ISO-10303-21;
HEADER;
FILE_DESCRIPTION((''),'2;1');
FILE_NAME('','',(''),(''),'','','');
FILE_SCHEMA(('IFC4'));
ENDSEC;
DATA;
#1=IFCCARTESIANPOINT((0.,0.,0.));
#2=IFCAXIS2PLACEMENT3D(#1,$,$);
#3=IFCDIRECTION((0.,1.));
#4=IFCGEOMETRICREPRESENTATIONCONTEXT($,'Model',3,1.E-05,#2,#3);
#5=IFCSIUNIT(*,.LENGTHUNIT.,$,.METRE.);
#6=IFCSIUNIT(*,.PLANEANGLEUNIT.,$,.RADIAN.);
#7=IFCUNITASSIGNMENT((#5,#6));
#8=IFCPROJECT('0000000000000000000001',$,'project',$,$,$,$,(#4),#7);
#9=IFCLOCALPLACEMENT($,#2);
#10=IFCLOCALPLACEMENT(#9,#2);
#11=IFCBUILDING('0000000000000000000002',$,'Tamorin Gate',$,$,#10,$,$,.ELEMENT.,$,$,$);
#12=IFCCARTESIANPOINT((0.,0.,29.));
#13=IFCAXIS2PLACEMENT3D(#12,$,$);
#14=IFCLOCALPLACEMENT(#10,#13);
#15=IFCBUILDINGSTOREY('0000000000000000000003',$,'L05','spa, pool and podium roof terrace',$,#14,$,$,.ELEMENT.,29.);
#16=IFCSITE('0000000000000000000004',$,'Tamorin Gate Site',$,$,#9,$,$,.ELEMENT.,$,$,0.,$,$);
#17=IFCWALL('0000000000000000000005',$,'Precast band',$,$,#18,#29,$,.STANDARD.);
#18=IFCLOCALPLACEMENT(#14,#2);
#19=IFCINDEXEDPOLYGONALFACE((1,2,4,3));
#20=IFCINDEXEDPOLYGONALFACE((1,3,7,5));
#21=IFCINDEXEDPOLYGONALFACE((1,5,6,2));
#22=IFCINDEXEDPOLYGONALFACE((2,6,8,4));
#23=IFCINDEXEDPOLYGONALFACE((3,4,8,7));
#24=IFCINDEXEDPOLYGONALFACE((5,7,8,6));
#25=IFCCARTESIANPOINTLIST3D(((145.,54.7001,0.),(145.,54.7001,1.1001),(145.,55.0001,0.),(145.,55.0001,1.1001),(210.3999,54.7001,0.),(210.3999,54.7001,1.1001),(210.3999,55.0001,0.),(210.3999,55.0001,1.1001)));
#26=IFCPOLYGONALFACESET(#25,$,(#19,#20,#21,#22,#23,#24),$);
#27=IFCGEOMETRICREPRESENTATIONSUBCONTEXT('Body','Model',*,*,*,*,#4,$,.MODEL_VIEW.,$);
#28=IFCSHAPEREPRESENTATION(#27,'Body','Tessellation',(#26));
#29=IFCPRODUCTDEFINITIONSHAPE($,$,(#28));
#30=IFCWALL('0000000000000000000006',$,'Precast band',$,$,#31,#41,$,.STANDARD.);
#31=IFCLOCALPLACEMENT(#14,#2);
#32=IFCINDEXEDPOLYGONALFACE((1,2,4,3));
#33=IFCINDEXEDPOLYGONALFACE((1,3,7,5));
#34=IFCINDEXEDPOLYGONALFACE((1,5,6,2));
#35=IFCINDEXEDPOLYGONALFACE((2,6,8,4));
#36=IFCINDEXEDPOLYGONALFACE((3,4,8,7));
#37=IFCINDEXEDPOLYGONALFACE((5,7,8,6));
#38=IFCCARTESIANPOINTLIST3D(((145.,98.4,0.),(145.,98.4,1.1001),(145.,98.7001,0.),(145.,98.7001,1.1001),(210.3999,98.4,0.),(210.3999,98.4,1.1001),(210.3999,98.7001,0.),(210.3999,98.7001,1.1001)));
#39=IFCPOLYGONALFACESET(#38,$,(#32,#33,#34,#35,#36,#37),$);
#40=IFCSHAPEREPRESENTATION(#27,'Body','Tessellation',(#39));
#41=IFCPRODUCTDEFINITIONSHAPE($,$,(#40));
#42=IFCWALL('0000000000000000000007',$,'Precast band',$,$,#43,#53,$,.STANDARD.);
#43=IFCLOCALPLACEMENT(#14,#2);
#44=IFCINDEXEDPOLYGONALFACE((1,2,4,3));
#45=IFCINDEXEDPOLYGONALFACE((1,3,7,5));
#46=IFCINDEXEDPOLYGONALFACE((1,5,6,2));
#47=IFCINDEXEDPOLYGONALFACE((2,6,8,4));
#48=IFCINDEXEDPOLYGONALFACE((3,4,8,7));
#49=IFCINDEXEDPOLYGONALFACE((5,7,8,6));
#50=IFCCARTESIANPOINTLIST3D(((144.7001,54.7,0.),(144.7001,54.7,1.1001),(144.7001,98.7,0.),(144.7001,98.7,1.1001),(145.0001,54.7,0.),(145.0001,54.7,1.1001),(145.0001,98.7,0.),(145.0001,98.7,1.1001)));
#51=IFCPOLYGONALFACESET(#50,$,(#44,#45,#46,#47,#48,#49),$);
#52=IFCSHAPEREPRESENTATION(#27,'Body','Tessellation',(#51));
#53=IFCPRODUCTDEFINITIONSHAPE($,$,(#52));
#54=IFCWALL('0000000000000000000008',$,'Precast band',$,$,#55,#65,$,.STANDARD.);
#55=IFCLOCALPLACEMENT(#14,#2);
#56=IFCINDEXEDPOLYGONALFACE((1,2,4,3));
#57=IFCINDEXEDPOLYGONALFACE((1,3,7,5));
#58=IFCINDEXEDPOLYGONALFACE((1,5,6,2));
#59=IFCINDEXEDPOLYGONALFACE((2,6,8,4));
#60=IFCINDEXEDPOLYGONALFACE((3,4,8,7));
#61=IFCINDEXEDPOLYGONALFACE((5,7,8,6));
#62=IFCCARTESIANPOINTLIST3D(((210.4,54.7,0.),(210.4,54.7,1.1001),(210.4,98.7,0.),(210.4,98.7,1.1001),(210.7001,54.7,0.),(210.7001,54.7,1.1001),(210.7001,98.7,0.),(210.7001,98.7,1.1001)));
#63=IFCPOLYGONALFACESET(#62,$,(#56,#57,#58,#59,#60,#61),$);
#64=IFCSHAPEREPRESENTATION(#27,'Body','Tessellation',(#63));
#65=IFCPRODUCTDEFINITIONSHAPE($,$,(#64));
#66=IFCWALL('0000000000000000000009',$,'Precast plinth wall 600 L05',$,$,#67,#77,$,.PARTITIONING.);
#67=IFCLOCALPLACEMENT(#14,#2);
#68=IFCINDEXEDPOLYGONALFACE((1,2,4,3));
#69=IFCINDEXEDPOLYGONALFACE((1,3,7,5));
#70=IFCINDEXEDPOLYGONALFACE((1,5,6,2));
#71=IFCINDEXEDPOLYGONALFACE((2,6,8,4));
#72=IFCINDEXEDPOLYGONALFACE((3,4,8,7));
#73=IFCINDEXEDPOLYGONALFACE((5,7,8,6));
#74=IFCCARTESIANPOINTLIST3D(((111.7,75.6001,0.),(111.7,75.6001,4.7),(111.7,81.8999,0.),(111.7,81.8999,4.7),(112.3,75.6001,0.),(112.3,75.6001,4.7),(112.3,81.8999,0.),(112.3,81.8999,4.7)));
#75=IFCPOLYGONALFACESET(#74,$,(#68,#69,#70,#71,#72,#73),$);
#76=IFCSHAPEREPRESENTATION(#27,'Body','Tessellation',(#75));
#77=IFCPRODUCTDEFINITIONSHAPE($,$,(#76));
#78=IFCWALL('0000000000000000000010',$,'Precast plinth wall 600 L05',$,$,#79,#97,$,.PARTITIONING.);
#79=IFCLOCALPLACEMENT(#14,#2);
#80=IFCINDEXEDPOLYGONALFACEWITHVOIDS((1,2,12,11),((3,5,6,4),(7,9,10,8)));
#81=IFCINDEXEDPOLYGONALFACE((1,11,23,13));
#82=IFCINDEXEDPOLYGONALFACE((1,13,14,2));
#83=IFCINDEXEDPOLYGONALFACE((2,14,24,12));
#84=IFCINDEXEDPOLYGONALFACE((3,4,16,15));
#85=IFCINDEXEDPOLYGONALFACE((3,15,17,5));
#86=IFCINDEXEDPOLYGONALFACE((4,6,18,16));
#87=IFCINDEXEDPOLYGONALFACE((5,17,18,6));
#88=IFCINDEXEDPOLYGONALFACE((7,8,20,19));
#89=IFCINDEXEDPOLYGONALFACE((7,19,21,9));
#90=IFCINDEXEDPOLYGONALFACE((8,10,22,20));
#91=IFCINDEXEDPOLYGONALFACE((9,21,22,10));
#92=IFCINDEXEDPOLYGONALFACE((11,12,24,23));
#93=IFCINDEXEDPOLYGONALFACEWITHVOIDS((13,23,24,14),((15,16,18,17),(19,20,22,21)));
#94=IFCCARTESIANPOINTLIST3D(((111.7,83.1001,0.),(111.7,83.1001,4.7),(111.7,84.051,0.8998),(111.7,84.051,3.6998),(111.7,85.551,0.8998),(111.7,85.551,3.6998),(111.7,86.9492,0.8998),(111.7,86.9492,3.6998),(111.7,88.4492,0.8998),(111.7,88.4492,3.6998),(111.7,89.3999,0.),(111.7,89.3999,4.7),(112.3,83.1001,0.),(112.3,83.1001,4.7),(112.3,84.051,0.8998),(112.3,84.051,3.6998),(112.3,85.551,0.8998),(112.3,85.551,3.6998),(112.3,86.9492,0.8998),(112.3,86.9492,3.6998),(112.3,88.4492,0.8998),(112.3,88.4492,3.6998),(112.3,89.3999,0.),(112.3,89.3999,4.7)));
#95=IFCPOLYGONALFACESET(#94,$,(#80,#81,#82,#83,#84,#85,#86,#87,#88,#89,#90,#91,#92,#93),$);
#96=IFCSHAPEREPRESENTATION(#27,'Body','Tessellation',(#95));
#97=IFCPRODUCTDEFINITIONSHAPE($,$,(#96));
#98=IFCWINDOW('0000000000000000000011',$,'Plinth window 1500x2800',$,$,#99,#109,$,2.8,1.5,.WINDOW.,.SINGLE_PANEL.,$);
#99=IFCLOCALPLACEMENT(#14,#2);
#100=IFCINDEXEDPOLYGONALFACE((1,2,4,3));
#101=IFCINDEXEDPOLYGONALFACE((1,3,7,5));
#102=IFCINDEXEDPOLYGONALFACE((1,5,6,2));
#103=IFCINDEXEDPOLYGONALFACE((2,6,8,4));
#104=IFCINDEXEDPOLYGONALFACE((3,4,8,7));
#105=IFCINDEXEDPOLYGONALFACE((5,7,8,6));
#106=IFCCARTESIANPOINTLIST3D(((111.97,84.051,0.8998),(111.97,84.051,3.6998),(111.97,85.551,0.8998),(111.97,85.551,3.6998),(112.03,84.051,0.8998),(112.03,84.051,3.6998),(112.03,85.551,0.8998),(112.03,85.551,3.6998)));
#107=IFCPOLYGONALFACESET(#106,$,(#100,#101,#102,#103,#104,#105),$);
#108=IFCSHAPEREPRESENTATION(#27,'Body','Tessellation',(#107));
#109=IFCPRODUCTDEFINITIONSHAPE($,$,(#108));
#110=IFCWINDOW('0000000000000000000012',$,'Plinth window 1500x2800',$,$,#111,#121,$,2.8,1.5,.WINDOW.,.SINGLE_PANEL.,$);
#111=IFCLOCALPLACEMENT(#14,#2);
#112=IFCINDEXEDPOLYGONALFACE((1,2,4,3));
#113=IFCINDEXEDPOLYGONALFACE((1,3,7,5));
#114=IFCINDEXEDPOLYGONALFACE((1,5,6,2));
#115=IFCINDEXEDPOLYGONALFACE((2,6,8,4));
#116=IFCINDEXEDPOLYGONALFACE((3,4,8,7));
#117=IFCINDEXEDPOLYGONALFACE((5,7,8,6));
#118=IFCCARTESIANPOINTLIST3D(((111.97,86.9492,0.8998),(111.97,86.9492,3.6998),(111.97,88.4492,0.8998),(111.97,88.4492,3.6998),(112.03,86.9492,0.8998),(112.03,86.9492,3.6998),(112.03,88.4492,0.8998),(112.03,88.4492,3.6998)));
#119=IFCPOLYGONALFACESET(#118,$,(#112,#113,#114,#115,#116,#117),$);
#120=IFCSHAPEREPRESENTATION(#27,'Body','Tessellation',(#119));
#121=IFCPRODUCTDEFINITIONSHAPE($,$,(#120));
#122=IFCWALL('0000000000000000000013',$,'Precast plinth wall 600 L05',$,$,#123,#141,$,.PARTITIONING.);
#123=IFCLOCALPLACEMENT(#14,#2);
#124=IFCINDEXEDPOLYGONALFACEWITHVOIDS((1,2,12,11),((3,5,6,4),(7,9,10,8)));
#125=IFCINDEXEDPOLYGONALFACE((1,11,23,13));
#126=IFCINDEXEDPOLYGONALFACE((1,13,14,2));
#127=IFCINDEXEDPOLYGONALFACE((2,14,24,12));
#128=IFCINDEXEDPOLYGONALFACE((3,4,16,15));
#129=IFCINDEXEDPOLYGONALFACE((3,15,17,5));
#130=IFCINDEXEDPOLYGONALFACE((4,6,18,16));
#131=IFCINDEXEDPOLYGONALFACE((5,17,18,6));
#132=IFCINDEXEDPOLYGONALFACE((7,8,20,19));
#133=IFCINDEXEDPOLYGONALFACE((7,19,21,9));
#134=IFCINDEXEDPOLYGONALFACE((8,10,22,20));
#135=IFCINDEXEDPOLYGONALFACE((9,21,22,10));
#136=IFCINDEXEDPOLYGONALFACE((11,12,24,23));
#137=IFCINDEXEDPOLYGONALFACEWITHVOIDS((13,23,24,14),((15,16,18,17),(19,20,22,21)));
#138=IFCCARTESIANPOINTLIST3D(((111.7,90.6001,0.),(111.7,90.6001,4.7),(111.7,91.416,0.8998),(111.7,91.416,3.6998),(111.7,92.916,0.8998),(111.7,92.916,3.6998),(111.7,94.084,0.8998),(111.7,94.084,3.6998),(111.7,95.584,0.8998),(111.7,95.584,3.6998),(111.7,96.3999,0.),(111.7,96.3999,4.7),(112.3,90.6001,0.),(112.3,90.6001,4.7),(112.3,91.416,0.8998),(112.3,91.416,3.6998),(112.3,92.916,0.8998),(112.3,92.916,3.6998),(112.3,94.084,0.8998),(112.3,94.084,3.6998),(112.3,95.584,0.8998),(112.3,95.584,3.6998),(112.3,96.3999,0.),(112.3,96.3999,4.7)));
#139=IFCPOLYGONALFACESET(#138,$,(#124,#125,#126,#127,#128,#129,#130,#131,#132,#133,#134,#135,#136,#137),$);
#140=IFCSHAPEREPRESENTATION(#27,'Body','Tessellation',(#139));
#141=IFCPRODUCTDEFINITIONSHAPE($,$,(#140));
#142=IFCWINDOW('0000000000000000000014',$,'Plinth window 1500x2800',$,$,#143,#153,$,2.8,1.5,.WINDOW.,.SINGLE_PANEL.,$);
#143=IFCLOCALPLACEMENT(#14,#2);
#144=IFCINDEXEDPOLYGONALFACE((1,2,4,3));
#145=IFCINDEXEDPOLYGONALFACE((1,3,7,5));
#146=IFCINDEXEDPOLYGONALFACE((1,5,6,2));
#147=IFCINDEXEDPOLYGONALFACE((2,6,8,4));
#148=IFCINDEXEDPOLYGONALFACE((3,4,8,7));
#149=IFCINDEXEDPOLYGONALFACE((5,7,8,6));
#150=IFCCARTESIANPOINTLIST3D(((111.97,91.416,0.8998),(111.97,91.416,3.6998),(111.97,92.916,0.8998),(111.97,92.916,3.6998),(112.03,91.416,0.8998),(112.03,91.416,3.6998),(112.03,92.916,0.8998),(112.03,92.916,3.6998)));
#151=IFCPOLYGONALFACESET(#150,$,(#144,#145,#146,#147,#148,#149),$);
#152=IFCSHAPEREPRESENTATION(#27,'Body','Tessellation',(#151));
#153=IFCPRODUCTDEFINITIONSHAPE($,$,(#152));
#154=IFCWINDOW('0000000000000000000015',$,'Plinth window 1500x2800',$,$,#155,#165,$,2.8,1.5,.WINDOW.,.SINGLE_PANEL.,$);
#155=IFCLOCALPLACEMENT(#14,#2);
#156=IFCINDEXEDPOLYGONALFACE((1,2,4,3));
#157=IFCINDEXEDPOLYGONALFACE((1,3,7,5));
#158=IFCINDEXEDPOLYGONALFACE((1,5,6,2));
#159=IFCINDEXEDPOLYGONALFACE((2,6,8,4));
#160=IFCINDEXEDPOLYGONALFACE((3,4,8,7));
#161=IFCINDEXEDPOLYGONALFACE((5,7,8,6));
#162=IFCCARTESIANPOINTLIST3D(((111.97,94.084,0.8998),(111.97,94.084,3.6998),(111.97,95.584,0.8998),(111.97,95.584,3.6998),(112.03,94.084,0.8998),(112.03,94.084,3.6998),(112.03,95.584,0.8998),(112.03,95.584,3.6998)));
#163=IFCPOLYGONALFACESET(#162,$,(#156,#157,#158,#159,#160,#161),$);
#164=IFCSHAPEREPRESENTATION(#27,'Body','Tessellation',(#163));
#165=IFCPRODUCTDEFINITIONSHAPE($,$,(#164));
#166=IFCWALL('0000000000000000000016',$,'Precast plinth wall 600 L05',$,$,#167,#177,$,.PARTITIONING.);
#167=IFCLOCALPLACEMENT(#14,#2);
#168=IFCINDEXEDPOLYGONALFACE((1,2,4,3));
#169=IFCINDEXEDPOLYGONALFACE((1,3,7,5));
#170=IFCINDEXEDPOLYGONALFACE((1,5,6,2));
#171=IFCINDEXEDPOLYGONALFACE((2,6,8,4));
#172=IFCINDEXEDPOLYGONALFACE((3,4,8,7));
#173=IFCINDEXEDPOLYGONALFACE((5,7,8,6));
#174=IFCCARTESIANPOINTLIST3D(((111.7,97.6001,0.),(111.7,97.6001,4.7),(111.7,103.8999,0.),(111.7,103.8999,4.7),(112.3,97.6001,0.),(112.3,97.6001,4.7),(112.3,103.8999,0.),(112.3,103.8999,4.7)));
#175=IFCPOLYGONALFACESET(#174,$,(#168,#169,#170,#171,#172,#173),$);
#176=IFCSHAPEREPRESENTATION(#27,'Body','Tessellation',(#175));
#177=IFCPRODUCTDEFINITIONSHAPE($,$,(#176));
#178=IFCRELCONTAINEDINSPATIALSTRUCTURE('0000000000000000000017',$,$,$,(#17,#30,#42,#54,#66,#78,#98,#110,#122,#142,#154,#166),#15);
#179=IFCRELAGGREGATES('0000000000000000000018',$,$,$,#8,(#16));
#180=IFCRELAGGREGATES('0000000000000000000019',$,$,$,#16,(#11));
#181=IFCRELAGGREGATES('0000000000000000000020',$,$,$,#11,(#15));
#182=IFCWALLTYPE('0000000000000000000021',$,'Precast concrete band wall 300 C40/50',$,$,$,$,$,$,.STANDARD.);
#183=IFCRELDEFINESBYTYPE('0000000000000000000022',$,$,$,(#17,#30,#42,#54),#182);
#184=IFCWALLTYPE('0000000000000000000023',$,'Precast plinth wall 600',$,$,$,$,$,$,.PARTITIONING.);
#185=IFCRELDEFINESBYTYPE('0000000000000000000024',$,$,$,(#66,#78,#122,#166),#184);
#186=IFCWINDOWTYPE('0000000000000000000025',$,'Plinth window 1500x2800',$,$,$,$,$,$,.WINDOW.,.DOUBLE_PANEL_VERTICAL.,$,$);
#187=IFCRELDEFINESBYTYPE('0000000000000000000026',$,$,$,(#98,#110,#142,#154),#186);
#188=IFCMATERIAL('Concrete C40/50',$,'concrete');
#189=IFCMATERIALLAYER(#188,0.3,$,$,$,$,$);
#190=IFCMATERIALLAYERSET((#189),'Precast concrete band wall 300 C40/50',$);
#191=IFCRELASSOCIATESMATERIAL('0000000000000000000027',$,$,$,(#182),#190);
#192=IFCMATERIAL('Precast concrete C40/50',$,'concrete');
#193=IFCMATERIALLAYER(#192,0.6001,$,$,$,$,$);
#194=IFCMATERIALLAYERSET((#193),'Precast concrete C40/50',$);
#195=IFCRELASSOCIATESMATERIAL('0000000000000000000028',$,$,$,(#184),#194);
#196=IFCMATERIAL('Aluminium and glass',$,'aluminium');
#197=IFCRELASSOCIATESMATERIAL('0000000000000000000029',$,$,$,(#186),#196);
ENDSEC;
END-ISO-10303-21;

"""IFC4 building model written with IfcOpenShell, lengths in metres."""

from ifc_helpers import new_model, si_unit, direction, frame, frame_2d, origin, place, context, subcontext, project, spatial, rectangle, extrude, material, layer, layer_set, type_object, element, fill, save


model = new_model("IFC4")

# Units and contexts
model_context = context("Model", 3, precision=1e-05, world=origin(), true_north=direction((0.0, 1.0)))
body_context = subcontext(model_context, "Body", "Model", "MODEL_VIEW")
ifc_project = project(units=[si_unit("LENGTHUNIT", "METRE"), si_unit("PLANEANGLEUNIT", "RADIAN")], contexts=[model_context])

# Site, building, storey
site_placement = place(None, origin())
site = spatial("IfcSite", under=ifc_project, at=site_placement, Name="Tamorin Gate Site", CompositionType="ELEMENT", RefElevation=0.0)
building_placement = place(site_placement, origin())
building = spatial("IfcBuilding", under=site, at=building_placement, Name="Tamorin Gate", CompositionType="ELEMENT")
storey_placement = place(building_placement, frame((0.0, 0.0, 29.0)))
storey = spatial("IfcBuildingStorey", under=building, at=storey_placement, Name="L05", Description="spa, pool and podium roof terrace", CompositionType="ELEMENT", Elevation=29.0)

# Walls
ifc_material_1 = material(Name="Concrete C40/50", Category="concrete")
ifc_layer_1 = layer(ifc_material_1, 0.3)
ifc_layer_set_1 = layer_set([ifc_layer_1], Name="Precast concrete band wall 300 C40/50")
wall_type_1 = type_object("IfcWallType", Name="Precast concrete band wall 300 C40/50", PredefinedType="STANDARD", material=ifc_layer_set_1)
for number, where, z_axis, x_axis, name in (
    (1, (145.0, 54.8501, 0.0), (0.0, 0.0, 1.0), (1.0, 0.0, 0.0), "Precast band"),
    (2, (145.0, 98.55, 0.0), (0.0, 0.0, 1.0), (1.0, 0.0, 0.0), "Precast band"),
):
    element("IfcWall", number, at=place(storey_placement, frame(where, z_axis=z_axis, x_axis=x_axis)), inside=storey, type_object=wall_type_1, Name=name, PredefinedType="STANDARD", context=body_context, shape_type="SweptSolid", body=[
        extrude(rectangle(XDim=65.3999, YDim=0.3, at=frame_2d((32.7, 0.0))), origin(), (0.0, 0.0, 1.0), 1.1001),
    ])
for number, where, z_axis, x_axis, name in (
    (3, (144.8501, 54.7, 0.0), (0.0, 0.0, 1.0), (0.0, 1.0, 0.0), "Precast band"),
    (4, (210.55, 54.7, 0.0), (0.0, 0.0, 1.0), (0.0, 1.0, 0.0), "Precast band"),
):
    element("IfcWall", number, at=place(storey_placement, frame(where, z_axis=z_axis, x_axis=x_axis)), inside=storey, type_object=wall_type_1, Name=name, PredefinedType="STANDARD", context=body_context, shape_type="SweptSolid", body=[
        extrude(rectangle(XDim=44.0, YDim=0.3, at=frame_2d((22.0, 0.0))), origin(), (0.0, 0.0, 1.0), 1.1001),
    ])
ifc_material_2 = material(Name="Precast concrete C40/50", Category="concrete")
ifc_layer_2 = layer(ifc_material_2, 0.6001)
ifc_layer_set_2 = layer_set([ifc_layer_2], Name="Precast concrete C40/50")
wall_type_2 = type_object("IfcWallType", Name="Precast plinth wall 600", PredefinedType="PARTITIONING", material=ifc_layer_set_2)
wall_1_placement = place(storey_placement, frame((112.0, 75.6001, 0.0), z_axis=(0.0, 0.0, 1.0), x_axis=(0.0, 1.0, 0.0)))
element("IfcWall", 5, at=wall_1_placement, inside=storey, type_object=wall_type_2, Name="Precast plinth wall 600 L05", PredefinedType="PARTITIONING", context=body_context, shape_type="SweptSolid", body=[
    extrude(rectangle(XDim=6.2998, YDim=0.6001, at=frame_2d((3.1499, 0.0))), origin(), (0.0, 0.0, 1.0), 4.7),
])

# Walls, openings, windows
wall_2_placement = place(storey_placement, frame((112.0, 83.1001, 0.0), z_axis=(0.0, 0.0, 1.0), x_axis=(0.0, 1.0, 0.0)))
wall_2 = element("IfcWall", 6, at=wall_2_placement, inside=storey, type_object=wall_type_2, Name="Precast plinth wall 600 L05", PredefinedType="PARTITIONING", context=body_context, shape_type="SweptSolid", body=[
    extrude(rectangle(XDim=6.2998, YDim=0.6001, at=frame_2d((3.1499, 0.0))), origin(), (0.0, 0.0, 1.0), 4.7),
])
opening_1_placement = place(wall_2_placement, frame((0.9509, 0.0, 0.8999)))
opening_1 = element("IfcOpeningElement", 7, at=opening_1_placement, cuts=wall_2, PredefinedType="OPENING", context=body_context, shape_type="SweptSolid", body=[
    extrude(rectangle(XDim=1.5, YDim=2.8, at=frame_2d((0.75, 1.3999))), frame((0.0, 0.3101, 0.0), z_axis=(0.0, -1.0, 0.0), x_axis=(1.0, 0.0, 0.0)), (0.0, 0.0, 1.0), 0.6201),
])
opening_2_placement = place(wall_2_placement, frame((3.8491, 0.0, 0.8999)))
opening_2 = element("IfcOpeningElement", 8, at=opening_2_placement, cuts=wall_2, PredefinedType="OPENING", context=body_context, shape_type="SweptSolid", body=[
    extrude(rectangle(XDim=1.5, YDim=2.8, at=frame_2d((0.75, 1.3999))), frame((0.0, 0.3101, 0.0), z_axis=(0.0, -1.0, 0.0), x_axis=(1.0, 0.0, 0.0)), (0.0, 0.0, 1.0), 0.6201),
])
ifc_material_3 = material(Name="Aluminium and glass", Category="aluminium")
window_type = type_object("IfcWindowType", Name="Plinth window 1500x2800", PartitioningType="DOUBLE_PANEL_VERTICAL", PredefinedType="WINDOW", material=ifc_material_3)
window_1_placement = place(opening_1_placement, origin())
window_1 = element("IfcWindow", 9, at=window_1_placement, inside=storey, type_object=window_type, Name="Plinth window 1500x2800", OverallHeight=2.8, OverallWidth=1.5, PartitioningType="SINGLE_PANEL", PredefinedType="WINDOW", context=body_context, shape_type="SweptSolid", body=[
    extrude(rectangle(XDim=1.5, YDim=2.8, at=frame_2d((0.75, 1.3999))), frame((0.0, 0.03, 0.0), z_axis=(0.0, -1.0, 0.0), x_axis=(1.0, 0.0, 0.0)), (0.0, 0.0, 1.0), 0.0601),
])
fill(opening_1, window_1)
window_2_placement = place(opening_2_placement, origin())
window_2 = element("IfcWindow", 10, at=window_2_placement, inside=storey, type_object=window_type, Name="Plinth window 1500x2800", OverallHeight=2.8, OverallWidth=1.5, PartitioningType="SINGLE_PANEL", PredefinedType="WINDOW", context=body_context, shape_type="SweptSolid", body=[
    extrude(rectangle(XDim=1.5, YDim=2.8, at=frame_2d((0.75, 1.3999))), frame((0.0, 0.03, 0.0), z_axis=(0.0, -1.0, 0.0), x_axis=(1.0, 0.0, 0.0)), (0.0, 0.0, 1.0), 0.0601),
])
fill(opening_2, window_2)
wall_3_placement = place(storey_placement, frame((112.0, 90.6001, 0.0), z_axis=(0.0, 0.0, 1.0), x_axis=(0.0, 1.0, 0.0)))
wall_3 = element("IfcWall", 11, at=wall_3_placement, inside=storey, type_object=wall_type_2, Name="Precast plinth wall 600 L05", PredefinedType="PARTITIONING", context=body_context, shape_type="SweptSolid", body=[
    extrude(rectangle(XDim=5.7998, YDim=0.6001, at=frame_2d((2.8999, 0.0))), origin(), (0.0, 0.0, 1.0), 4.7),
])
opening_3_placement = place(wall_3_placement, frame((0.8159, 0.0, 0.8999)))
opening_3 = element("IfcOpeningElement", 12, at=opening_3_placement, cuts=wall_3, PredefinedType="OPENING", context=body_context, shape_type="SweptSolid", body=[
    extrude(rectangle(XDim=1.5, YDim=2.8, at=frame_2d((0.75, 1.3999))), frame((0.0, 0.3101, 0.0), z_axis=(0.0, -1.0, 0.0), x_axis=(1.0, 0.0, 0.0)), (0.0, 0.0, 1.0), 0.6201),
])
opening_4_placement = place(wall_3_placement, frame((3.4839, 0.0, 0.8999)))
opening_4 = element("IfcOpeningElement", 13, at=opening_4_placement, cuts=wall_3, PredefinedType="OPENING", context=body_context, shape_type="SweptSolid", body=[
    extrude(rectangle(XDim=1.5, YDim=2.8, at=frame_2d((0.75, 1.3999))), frame((0.0, 0.3101, 0.0), z_axis=(0.0, -1.0, 0.0), x_axis=(1.0, 0.0, 0.0)), (0.0, 0.0, 1.0), 0.6201),
])
window_3_placement = place(opening_3_placement, origin())
window_3 = element("IfcWindow", 14, at=window_3_placement, inside=storey, type_object=window_type, Name="Plinth window 1500x2800", OverallHeight=2.8, OverallWidth=1.5, PartitioningType="SINGLE_PANEL", PredefinedType="WINDOW", context=body_context, shape_type="SweptSolid", body=[
    extrude(rectangle(XDim=1.5, YDim=2.8, at=frame_2d((0.75, 1.3999))), frame((0.0, 0.03, 0.0), z_axis=(0.0, -1.0, 0.0), x_axis=(1.0, 0.0, 0.0)), (0.0, 0.0, 1.0), 0.0601),
])
fill(opening_3, window_3)
window_4_placement = place(opening_4_placement, origin())
window_4 = element("IfcWindow", 15, at=window_4_placement, inside=storey, type_object=window_type, Name="Plinth window 1500x2800", OverallHeight=2.8, OverallWidth=1.5, PartitioningType="SINGLE_PANEL", PredefinedType="WINDOW", context=body_context, shape_type="SweptSolid", body=[
    extrude(rectangle(XDim=1.5, YDim=2.8, at=frame_2d((0.75, 1.3999))), frame((0.0, 0.03, 0.0), z_axis=(0.0, -1.0, 0.0), x_axis=(1.0, 0.0, 0.0)), (0.0, 0.0, 1.0), 0.0601),
])
fill(opening_4, window_4)

# Wall
wall_4_placement = place(storey_placement, frame((112.0, 97.6001, 0.0), z_axis=(0.0, 0.0, 1.0), x_axis=(0.0, 1.0, 0.0)))
element("IfcWall", 16, at=wall_4_placement, inside=storey, type_object=wall_type_2, Name="Precast plinth wall 600 L05", PredefinedType="PARTITIONING", context=body_context, shape_type="SweptSolid", body=[
    extrude(rectangle(XDim=6.2998, YDim=0.6001, at=frame_2d((3.1499, 0.0))), origin(), (0.0, 0.0, 1.0), 4.7),
])

save(model, "model.ifc")
